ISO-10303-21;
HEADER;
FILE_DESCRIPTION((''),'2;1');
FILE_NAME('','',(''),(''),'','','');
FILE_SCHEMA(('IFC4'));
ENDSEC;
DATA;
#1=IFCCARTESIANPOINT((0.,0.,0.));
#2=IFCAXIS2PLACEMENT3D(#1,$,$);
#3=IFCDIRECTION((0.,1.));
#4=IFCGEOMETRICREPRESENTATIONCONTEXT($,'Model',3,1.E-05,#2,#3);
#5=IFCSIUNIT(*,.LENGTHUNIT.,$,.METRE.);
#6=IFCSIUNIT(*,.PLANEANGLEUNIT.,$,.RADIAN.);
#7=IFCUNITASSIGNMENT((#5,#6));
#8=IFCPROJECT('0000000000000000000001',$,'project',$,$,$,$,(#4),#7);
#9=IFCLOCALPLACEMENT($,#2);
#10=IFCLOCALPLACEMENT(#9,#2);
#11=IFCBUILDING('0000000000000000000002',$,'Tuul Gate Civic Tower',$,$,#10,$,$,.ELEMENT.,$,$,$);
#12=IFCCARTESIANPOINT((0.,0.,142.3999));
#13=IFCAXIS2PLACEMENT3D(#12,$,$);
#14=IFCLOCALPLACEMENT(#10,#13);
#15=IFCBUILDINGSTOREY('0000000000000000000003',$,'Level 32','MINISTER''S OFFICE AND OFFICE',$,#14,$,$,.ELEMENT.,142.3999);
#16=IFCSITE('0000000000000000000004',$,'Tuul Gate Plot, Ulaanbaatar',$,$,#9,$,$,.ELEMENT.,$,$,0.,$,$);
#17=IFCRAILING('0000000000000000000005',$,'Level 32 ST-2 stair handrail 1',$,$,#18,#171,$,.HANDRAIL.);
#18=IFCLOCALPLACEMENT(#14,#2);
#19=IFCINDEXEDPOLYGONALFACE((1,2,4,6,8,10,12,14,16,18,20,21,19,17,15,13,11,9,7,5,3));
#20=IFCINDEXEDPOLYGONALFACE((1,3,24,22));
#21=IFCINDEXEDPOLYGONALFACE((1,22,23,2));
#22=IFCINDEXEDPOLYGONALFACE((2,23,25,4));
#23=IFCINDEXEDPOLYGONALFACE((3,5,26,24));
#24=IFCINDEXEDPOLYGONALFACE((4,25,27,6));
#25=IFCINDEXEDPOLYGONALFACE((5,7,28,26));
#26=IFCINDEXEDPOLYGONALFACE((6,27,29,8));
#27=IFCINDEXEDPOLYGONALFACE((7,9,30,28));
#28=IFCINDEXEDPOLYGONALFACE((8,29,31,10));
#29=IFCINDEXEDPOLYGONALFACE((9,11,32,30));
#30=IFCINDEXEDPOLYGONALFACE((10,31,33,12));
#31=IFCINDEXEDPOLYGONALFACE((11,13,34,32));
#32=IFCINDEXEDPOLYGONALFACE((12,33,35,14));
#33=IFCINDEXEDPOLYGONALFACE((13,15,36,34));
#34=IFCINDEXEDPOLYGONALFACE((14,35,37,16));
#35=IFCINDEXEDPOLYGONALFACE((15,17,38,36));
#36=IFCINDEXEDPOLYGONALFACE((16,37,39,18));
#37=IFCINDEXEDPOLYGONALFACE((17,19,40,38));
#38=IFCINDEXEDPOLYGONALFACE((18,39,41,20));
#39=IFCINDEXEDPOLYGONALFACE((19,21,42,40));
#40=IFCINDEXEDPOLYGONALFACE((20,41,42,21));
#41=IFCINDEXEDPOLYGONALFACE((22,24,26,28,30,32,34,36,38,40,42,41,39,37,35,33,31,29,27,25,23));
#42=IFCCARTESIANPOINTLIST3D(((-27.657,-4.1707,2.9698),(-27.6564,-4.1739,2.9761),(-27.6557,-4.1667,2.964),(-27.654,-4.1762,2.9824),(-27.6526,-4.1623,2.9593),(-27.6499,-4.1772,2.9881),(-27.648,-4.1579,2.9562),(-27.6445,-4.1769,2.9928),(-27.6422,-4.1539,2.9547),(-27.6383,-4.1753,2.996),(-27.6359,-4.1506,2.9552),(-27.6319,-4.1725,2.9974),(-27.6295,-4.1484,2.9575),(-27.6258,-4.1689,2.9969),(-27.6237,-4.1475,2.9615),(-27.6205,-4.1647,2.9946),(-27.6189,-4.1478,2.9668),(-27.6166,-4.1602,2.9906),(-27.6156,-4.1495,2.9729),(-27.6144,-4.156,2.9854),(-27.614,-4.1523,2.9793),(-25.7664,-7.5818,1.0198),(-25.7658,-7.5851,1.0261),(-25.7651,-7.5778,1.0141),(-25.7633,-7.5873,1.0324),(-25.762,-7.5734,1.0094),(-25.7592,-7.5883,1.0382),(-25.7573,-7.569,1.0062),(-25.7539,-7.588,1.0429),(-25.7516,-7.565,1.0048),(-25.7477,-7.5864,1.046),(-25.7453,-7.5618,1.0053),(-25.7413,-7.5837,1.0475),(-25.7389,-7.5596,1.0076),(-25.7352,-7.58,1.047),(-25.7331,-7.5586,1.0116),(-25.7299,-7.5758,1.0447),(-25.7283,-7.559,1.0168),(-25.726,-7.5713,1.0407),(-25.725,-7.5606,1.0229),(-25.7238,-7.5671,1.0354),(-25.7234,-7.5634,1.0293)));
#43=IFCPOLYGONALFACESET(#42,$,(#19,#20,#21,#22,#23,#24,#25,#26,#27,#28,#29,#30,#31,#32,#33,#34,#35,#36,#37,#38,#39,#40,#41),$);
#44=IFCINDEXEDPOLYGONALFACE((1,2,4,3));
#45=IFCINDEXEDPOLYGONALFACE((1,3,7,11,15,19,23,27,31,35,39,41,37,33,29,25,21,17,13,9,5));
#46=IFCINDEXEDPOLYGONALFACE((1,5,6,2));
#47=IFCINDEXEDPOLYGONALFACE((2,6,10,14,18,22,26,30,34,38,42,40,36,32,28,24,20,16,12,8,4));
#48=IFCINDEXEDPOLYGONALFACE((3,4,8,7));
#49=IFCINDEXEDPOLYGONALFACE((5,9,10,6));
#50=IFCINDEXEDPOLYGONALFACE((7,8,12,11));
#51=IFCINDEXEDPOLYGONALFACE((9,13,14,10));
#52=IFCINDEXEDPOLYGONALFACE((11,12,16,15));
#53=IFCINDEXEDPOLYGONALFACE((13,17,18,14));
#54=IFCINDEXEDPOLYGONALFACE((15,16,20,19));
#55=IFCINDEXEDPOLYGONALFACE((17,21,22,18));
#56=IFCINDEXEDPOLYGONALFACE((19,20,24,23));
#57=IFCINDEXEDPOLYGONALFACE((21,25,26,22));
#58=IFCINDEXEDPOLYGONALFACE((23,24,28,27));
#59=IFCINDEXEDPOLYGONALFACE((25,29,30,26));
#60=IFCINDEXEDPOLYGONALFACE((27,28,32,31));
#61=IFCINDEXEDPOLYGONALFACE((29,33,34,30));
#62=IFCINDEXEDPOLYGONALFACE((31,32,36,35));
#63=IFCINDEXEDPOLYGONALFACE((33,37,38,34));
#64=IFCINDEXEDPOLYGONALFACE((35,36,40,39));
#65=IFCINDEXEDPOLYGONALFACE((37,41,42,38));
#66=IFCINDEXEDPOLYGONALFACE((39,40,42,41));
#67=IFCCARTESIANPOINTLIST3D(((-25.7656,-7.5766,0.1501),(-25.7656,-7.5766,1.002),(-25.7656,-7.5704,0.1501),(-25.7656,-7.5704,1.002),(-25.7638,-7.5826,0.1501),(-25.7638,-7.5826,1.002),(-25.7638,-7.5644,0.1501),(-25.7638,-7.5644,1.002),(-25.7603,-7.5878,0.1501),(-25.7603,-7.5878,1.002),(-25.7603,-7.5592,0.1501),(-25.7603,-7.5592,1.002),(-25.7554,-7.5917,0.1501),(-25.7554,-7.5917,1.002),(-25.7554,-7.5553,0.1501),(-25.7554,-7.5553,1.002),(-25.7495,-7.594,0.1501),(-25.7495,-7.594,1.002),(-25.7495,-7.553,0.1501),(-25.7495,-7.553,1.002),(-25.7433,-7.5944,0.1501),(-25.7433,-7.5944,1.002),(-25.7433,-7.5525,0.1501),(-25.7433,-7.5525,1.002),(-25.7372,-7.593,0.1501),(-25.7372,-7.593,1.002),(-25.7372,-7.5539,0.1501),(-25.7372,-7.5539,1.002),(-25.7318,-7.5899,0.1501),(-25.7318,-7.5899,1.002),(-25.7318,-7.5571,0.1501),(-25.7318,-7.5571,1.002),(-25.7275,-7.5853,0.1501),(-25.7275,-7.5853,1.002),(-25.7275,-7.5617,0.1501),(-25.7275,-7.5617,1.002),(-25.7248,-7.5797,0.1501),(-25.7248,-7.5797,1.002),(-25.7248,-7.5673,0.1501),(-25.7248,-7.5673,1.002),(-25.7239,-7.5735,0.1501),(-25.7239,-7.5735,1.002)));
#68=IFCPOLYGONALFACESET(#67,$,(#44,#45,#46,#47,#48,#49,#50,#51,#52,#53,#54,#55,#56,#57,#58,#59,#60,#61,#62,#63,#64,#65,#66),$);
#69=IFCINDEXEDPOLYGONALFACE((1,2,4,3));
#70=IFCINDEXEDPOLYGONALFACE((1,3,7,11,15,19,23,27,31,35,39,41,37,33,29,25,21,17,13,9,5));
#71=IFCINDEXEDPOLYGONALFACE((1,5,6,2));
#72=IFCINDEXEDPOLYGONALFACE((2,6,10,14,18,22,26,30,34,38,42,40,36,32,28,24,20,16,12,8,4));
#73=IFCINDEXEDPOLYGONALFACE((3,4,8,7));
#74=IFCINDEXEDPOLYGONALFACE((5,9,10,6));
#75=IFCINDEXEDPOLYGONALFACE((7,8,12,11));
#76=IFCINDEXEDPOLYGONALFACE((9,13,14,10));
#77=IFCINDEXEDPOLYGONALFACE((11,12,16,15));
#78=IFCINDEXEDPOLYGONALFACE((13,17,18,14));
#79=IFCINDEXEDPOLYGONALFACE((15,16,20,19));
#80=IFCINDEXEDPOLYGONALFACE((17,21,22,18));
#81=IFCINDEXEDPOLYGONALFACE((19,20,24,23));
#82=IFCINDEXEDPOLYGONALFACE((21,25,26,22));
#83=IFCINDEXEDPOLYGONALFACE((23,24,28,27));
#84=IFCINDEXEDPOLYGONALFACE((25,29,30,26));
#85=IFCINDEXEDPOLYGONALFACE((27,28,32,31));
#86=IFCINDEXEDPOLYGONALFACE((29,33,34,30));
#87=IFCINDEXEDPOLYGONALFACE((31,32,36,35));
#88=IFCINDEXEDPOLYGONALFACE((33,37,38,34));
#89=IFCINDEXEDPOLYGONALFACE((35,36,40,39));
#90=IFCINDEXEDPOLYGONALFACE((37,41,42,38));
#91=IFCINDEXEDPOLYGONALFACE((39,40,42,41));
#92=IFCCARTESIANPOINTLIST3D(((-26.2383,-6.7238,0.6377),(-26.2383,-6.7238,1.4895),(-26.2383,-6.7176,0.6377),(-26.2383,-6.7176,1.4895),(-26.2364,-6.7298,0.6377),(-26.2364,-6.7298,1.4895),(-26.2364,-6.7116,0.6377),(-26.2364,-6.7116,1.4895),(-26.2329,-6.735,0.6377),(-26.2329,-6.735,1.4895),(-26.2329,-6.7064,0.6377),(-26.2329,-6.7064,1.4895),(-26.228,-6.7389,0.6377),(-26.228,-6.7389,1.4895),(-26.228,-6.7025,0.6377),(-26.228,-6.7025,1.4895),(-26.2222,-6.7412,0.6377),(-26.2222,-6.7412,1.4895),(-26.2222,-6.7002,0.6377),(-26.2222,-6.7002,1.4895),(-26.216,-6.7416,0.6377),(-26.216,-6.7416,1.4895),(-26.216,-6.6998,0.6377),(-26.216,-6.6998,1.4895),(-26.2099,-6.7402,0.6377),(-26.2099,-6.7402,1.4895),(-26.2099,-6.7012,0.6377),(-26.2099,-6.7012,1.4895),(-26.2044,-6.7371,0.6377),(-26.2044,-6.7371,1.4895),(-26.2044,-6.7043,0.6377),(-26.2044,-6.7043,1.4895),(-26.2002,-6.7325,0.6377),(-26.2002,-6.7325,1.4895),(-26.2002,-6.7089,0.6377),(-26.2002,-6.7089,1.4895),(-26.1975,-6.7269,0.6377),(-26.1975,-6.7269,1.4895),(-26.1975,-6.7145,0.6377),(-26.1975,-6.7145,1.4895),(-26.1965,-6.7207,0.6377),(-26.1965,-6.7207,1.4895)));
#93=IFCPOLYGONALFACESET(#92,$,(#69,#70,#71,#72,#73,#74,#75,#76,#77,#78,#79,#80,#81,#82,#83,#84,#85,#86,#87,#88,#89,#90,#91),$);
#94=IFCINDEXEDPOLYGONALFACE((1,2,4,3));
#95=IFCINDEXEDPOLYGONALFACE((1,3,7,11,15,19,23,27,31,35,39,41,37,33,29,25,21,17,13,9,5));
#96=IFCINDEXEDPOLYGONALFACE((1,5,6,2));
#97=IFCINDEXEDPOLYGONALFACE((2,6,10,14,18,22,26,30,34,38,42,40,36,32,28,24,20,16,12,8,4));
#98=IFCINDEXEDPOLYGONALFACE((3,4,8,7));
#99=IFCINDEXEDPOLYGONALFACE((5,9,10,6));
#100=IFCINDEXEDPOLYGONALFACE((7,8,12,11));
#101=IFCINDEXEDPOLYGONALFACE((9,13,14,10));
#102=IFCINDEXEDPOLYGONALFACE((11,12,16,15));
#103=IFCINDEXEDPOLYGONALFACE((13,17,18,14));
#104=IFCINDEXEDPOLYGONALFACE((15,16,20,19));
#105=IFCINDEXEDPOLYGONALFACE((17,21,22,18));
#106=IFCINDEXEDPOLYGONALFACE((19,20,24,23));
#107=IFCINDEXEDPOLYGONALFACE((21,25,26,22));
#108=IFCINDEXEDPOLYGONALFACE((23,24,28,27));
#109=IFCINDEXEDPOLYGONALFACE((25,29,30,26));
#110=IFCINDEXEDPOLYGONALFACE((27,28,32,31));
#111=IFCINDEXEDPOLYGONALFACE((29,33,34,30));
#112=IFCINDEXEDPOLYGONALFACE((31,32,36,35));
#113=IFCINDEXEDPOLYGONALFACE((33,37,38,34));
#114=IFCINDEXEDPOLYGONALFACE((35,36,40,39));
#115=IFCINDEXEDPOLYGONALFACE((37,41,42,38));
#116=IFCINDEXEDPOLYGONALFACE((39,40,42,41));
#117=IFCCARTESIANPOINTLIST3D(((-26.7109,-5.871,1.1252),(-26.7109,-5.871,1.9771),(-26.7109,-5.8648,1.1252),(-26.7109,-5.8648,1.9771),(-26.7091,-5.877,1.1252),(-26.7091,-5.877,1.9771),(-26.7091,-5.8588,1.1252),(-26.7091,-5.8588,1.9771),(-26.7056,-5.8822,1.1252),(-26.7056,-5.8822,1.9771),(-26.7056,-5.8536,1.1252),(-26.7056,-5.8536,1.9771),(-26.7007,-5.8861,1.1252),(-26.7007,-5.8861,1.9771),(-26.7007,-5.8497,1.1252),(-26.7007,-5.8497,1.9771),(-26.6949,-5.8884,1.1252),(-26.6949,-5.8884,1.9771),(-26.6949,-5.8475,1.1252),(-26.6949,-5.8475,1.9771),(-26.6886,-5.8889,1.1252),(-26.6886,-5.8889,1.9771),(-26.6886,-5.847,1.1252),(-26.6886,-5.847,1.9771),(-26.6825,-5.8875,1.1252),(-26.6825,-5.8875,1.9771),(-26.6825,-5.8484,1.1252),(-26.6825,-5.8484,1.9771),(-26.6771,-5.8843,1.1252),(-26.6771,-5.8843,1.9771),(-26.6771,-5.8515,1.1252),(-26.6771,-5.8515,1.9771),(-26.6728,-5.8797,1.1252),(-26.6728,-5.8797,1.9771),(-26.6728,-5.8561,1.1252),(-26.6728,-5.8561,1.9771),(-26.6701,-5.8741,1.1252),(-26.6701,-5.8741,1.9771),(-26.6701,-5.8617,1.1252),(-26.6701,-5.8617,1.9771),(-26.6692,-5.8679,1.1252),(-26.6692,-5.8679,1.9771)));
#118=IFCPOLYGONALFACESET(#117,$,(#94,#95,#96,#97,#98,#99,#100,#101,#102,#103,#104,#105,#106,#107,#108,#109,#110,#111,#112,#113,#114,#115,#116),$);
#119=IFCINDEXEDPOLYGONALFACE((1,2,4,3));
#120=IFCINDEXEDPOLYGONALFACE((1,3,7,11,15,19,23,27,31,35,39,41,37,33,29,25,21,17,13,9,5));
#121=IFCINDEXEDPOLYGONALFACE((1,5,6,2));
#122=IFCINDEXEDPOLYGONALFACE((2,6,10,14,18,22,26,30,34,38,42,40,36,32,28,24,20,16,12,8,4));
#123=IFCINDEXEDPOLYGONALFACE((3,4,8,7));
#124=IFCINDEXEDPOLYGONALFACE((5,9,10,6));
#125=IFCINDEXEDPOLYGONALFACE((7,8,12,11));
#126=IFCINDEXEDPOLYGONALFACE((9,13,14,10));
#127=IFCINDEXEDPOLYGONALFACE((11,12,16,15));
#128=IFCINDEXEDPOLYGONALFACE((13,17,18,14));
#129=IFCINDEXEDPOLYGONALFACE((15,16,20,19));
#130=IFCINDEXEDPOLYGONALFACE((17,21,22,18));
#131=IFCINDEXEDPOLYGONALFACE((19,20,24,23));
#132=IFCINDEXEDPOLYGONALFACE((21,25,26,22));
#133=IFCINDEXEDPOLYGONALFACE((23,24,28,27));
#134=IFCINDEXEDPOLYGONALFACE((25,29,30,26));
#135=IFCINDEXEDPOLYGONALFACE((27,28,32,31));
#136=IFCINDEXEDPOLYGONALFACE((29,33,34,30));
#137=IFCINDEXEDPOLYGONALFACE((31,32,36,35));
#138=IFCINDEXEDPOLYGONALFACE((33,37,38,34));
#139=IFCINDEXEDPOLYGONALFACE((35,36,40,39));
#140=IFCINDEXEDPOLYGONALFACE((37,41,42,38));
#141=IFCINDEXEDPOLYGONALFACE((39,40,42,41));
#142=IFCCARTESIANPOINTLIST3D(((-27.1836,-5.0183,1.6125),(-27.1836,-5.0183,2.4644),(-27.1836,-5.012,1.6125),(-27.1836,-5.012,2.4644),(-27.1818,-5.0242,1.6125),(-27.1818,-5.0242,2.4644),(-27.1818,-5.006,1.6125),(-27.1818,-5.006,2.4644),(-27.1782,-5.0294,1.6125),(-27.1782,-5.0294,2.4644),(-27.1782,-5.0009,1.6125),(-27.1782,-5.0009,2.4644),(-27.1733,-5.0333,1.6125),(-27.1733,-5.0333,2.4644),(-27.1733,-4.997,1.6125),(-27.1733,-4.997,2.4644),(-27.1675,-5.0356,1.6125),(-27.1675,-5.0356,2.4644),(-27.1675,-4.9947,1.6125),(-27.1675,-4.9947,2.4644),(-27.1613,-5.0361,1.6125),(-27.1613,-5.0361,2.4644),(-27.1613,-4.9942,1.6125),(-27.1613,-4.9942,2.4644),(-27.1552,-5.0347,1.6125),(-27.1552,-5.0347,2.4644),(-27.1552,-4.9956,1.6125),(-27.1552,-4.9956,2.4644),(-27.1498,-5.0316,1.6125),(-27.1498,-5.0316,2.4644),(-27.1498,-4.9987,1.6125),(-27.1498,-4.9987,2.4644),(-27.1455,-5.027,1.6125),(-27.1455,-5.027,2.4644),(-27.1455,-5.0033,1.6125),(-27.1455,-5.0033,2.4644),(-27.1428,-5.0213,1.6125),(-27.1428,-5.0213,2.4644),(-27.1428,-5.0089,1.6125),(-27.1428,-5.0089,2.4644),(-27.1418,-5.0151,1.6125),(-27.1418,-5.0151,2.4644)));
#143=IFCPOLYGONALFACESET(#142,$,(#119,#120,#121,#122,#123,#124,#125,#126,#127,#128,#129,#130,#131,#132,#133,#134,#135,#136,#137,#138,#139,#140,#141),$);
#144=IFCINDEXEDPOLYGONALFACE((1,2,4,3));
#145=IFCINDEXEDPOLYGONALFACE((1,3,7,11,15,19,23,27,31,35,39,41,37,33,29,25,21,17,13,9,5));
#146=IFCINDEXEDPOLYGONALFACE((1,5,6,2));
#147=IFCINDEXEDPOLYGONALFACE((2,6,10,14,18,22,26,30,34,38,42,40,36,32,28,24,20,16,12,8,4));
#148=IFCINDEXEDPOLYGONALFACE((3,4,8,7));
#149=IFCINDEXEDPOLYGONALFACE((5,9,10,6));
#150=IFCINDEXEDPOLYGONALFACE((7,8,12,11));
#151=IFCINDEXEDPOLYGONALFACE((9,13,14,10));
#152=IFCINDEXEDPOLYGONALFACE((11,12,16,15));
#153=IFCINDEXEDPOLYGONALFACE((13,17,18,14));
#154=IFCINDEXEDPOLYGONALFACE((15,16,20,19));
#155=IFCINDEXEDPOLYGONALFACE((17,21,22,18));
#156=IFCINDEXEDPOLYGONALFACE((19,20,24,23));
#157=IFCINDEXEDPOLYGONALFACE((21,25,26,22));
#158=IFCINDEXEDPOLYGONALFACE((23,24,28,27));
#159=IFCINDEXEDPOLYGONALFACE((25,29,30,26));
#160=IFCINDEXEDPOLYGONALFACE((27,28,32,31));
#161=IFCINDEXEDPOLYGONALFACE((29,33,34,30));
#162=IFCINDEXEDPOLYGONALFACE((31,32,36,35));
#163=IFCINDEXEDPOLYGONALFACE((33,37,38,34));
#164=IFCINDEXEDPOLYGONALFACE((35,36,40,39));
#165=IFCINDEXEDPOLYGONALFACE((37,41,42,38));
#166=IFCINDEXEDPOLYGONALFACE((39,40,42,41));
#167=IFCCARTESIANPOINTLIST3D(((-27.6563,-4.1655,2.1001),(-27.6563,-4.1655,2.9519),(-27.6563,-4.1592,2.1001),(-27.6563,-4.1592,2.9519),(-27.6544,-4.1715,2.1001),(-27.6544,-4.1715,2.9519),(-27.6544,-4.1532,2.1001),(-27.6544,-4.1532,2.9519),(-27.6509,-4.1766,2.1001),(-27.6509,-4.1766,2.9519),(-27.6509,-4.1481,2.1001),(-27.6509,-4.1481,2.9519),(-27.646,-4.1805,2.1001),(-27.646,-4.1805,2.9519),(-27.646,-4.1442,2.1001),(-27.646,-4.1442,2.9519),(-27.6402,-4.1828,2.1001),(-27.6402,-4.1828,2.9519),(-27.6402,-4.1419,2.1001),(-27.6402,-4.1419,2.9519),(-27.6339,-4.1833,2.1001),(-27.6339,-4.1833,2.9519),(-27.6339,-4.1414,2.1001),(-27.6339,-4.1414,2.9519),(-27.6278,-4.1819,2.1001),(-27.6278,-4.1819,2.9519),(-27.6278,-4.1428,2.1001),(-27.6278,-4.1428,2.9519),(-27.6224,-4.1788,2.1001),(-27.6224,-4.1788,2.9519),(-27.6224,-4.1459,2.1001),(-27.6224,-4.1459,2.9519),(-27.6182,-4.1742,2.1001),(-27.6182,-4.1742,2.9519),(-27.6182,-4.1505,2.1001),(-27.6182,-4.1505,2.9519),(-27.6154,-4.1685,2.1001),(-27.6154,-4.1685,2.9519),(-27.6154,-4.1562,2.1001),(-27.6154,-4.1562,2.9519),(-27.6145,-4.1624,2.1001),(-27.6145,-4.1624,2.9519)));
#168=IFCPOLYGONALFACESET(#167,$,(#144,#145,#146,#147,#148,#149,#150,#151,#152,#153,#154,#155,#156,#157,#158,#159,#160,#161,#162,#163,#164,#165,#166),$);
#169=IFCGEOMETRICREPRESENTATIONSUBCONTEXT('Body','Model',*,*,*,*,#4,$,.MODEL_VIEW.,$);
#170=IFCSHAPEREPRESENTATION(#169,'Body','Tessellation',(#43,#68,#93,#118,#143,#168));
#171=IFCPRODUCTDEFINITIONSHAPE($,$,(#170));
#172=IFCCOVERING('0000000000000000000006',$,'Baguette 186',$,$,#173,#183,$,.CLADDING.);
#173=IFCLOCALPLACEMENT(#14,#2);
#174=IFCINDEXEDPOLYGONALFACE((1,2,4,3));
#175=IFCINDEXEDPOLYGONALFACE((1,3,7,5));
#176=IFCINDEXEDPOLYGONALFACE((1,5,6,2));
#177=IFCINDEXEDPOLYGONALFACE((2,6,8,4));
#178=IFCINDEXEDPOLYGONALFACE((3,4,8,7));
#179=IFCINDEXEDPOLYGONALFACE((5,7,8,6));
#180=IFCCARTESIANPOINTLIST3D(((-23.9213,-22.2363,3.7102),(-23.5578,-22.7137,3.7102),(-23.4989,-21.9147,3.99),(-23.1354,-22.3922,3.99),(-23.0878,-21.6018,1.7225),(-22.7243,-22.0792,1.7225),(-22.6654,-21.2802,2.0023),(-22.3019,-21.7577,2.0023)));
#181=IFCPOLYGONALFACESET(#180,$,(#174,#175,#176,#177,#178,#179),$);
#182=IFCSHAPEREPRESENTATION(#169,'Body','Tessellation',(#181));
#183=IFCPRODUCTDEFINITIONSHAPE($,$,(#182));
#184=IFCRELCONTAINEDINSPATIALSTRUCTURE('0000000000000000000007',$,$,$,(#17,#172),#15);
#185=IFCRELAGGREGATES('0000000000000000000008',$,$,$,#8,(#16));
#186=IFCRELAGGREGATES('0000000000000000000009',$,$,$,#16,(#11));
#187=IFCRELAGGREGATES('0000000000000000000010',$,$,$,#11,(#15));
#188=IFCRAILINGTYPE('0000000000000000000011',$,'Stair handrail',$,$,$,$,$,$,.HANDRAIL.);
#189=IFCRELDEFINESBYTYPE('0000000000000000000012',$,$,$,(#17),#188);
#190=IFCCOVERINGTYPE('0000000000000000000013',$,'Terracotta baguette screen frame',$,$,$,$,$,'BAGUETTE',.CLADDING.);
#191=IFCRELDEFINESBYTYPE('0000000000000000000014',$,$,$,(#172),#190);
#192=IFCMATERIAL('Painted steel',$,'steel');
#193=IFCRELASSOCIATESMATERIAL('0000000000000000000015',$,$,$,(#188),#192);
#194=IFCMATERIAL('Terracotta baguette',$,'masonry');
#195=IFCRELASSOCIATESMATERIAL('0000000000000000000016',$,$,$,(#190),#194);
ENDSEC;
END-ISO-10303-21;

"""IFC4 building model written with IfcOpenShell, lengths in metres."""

from ifc_helpers import new_model, si_unit, direction, frame, origin, origin_2d, place, context, subcontext, project, spatial, rectangle, circle, extrude, material, material_profile, profile_set, type_object, element, save


model = new_model("IFC4")

# Units and contexts
model_context = context("Model", 3, precision=1e-05, world=origin(), true_north=direction((0.0, 1.0)))
body_context = subcontext(model_context, "Body", "Model", "MODEL_VIEW")
ifc_project = project(units=[si_unit("LENGTHUNIT", "METRE"), si_unit("PLANEANGLEUNIT", "RADIAN")], contexts=[model_context])

# Site, building, storey
site_placement = place(None, origin())
site = spatial("IfcSite", under=ifc_project, at=site_placement, Name="Tuul Gate Plot, Ulaanbaatar", CompositionType="ELEMENT", RefElevation=0.0)
building_placement = place(site_placement, origin())
building = spatial("IfcBuilding", under=site, at=building_placement, Name="Tuul Gate Civic Tower", CompositionType="ELEMENT")
storey_placement = place(building_placement, frame((0.0, 0.0, 142.3999)))
storey = spatial("IfcBuildingStorey", under=building, at=storey_placement, Name="Level 32", Description="MINISTER'S OFFICE AND OFFICE", CompositionType="ELEMENT", Elevation=142.3999)

# Railing
ifc_material_1 = material(Name="Painted steel", Category="steel")
railing_type_1 = type_object("IfcRailingType", Name="Stair handrail", PredefinedType="HANDRAIL", material=ifc_material_1)
railing_1_placement = place(storey_placement, frame((-25.7449, -7.5735, 0.1501)))
element("IfcRailing", 1, at=railing_1_placement, inside=storey, type_object=railing_type_1, Name="Level 32 ST-2 stair handrail 1", PredefinedType="HANDRAIL", context=body_context, shape_type="SweptSolid", body=[
    extrude(circle(Radius=0.0239, at=origin_2d()), frame((0.0, 0.0, 0.876), z_axis=(-0.433595, 0.782308, 0.447201), x_axis=(-0.874641, -0.484771, 0.0)), (0.0, 0.0, 1.0), 4.3604),
    extrude(circle(Radius=0.021, at=origin_2d()), origin(), (0.0, 0.0, 1.0), 0.8518),
    extrude(circle(Radius=0.021, at=origin_2d()), frame((-0.4727, 0.8528, 0.4875)), (0.0, 0.0, 1.0), 0.8518),
    extrude(circle(Radius=0.021, at=origin_2d()), frame((-0.9453, 1.7056, 0.9751)), (0.0, 0.0, 1.0), 0.8518),
    extrude(circle(Radius=0.021, at=origin_2d()), frame((-1.418, 2.5583, 1.4624)), (0.0, 0.0, 1.0), 0.8518),
    extrude(circle(Radius=0.021, at=origin_2d()), frame((-1.8906, 3.4111, 1.95)), (0.0, 0.0, 1.0), 0.8518),
])

# Covering
ifc_material_2 = material(Name="Terracotta baguette", Category="masonry")
ifc_material_profile_1 = material_profile(ifc_material_2, rectangle(XDim=0.6001, YDim=0.6001, at=origin_2d()), Name="Terracotta baguette screen frame")
ifc_profile_set_1 = profile_set([ifc_material_profile_1], Name="Terracotta baguette")
covering_type = type_object("IfcCoveringType", Name="Terracotta baguette screen frame", ElementType="BAGUETTE", PredefinedType="CLADDING", material=ifc_profile_set_1)
covering_placement = place(storey_placement, frame((-23.5283, -22.3142, 3.8501), z_axis=(0.37095, 0.282396, -0.884674), x_axis=(-0.605727, 0.795672, 0.0)))
element("IfcCovering", 2, at=covering_placement, inside=storey, type_object=covering_type, Name="Baguette 186", PredefinedType="CLADDING", context=body_context, shape_type="SweptSolid", body=[
    extrude(rectangle(XDim=0.6001, YDim=0.6001, at=origin_2d()), origin(), (0.0, 0.0, 1.0), 2.2468),
])

save(model, "model.ifc")
